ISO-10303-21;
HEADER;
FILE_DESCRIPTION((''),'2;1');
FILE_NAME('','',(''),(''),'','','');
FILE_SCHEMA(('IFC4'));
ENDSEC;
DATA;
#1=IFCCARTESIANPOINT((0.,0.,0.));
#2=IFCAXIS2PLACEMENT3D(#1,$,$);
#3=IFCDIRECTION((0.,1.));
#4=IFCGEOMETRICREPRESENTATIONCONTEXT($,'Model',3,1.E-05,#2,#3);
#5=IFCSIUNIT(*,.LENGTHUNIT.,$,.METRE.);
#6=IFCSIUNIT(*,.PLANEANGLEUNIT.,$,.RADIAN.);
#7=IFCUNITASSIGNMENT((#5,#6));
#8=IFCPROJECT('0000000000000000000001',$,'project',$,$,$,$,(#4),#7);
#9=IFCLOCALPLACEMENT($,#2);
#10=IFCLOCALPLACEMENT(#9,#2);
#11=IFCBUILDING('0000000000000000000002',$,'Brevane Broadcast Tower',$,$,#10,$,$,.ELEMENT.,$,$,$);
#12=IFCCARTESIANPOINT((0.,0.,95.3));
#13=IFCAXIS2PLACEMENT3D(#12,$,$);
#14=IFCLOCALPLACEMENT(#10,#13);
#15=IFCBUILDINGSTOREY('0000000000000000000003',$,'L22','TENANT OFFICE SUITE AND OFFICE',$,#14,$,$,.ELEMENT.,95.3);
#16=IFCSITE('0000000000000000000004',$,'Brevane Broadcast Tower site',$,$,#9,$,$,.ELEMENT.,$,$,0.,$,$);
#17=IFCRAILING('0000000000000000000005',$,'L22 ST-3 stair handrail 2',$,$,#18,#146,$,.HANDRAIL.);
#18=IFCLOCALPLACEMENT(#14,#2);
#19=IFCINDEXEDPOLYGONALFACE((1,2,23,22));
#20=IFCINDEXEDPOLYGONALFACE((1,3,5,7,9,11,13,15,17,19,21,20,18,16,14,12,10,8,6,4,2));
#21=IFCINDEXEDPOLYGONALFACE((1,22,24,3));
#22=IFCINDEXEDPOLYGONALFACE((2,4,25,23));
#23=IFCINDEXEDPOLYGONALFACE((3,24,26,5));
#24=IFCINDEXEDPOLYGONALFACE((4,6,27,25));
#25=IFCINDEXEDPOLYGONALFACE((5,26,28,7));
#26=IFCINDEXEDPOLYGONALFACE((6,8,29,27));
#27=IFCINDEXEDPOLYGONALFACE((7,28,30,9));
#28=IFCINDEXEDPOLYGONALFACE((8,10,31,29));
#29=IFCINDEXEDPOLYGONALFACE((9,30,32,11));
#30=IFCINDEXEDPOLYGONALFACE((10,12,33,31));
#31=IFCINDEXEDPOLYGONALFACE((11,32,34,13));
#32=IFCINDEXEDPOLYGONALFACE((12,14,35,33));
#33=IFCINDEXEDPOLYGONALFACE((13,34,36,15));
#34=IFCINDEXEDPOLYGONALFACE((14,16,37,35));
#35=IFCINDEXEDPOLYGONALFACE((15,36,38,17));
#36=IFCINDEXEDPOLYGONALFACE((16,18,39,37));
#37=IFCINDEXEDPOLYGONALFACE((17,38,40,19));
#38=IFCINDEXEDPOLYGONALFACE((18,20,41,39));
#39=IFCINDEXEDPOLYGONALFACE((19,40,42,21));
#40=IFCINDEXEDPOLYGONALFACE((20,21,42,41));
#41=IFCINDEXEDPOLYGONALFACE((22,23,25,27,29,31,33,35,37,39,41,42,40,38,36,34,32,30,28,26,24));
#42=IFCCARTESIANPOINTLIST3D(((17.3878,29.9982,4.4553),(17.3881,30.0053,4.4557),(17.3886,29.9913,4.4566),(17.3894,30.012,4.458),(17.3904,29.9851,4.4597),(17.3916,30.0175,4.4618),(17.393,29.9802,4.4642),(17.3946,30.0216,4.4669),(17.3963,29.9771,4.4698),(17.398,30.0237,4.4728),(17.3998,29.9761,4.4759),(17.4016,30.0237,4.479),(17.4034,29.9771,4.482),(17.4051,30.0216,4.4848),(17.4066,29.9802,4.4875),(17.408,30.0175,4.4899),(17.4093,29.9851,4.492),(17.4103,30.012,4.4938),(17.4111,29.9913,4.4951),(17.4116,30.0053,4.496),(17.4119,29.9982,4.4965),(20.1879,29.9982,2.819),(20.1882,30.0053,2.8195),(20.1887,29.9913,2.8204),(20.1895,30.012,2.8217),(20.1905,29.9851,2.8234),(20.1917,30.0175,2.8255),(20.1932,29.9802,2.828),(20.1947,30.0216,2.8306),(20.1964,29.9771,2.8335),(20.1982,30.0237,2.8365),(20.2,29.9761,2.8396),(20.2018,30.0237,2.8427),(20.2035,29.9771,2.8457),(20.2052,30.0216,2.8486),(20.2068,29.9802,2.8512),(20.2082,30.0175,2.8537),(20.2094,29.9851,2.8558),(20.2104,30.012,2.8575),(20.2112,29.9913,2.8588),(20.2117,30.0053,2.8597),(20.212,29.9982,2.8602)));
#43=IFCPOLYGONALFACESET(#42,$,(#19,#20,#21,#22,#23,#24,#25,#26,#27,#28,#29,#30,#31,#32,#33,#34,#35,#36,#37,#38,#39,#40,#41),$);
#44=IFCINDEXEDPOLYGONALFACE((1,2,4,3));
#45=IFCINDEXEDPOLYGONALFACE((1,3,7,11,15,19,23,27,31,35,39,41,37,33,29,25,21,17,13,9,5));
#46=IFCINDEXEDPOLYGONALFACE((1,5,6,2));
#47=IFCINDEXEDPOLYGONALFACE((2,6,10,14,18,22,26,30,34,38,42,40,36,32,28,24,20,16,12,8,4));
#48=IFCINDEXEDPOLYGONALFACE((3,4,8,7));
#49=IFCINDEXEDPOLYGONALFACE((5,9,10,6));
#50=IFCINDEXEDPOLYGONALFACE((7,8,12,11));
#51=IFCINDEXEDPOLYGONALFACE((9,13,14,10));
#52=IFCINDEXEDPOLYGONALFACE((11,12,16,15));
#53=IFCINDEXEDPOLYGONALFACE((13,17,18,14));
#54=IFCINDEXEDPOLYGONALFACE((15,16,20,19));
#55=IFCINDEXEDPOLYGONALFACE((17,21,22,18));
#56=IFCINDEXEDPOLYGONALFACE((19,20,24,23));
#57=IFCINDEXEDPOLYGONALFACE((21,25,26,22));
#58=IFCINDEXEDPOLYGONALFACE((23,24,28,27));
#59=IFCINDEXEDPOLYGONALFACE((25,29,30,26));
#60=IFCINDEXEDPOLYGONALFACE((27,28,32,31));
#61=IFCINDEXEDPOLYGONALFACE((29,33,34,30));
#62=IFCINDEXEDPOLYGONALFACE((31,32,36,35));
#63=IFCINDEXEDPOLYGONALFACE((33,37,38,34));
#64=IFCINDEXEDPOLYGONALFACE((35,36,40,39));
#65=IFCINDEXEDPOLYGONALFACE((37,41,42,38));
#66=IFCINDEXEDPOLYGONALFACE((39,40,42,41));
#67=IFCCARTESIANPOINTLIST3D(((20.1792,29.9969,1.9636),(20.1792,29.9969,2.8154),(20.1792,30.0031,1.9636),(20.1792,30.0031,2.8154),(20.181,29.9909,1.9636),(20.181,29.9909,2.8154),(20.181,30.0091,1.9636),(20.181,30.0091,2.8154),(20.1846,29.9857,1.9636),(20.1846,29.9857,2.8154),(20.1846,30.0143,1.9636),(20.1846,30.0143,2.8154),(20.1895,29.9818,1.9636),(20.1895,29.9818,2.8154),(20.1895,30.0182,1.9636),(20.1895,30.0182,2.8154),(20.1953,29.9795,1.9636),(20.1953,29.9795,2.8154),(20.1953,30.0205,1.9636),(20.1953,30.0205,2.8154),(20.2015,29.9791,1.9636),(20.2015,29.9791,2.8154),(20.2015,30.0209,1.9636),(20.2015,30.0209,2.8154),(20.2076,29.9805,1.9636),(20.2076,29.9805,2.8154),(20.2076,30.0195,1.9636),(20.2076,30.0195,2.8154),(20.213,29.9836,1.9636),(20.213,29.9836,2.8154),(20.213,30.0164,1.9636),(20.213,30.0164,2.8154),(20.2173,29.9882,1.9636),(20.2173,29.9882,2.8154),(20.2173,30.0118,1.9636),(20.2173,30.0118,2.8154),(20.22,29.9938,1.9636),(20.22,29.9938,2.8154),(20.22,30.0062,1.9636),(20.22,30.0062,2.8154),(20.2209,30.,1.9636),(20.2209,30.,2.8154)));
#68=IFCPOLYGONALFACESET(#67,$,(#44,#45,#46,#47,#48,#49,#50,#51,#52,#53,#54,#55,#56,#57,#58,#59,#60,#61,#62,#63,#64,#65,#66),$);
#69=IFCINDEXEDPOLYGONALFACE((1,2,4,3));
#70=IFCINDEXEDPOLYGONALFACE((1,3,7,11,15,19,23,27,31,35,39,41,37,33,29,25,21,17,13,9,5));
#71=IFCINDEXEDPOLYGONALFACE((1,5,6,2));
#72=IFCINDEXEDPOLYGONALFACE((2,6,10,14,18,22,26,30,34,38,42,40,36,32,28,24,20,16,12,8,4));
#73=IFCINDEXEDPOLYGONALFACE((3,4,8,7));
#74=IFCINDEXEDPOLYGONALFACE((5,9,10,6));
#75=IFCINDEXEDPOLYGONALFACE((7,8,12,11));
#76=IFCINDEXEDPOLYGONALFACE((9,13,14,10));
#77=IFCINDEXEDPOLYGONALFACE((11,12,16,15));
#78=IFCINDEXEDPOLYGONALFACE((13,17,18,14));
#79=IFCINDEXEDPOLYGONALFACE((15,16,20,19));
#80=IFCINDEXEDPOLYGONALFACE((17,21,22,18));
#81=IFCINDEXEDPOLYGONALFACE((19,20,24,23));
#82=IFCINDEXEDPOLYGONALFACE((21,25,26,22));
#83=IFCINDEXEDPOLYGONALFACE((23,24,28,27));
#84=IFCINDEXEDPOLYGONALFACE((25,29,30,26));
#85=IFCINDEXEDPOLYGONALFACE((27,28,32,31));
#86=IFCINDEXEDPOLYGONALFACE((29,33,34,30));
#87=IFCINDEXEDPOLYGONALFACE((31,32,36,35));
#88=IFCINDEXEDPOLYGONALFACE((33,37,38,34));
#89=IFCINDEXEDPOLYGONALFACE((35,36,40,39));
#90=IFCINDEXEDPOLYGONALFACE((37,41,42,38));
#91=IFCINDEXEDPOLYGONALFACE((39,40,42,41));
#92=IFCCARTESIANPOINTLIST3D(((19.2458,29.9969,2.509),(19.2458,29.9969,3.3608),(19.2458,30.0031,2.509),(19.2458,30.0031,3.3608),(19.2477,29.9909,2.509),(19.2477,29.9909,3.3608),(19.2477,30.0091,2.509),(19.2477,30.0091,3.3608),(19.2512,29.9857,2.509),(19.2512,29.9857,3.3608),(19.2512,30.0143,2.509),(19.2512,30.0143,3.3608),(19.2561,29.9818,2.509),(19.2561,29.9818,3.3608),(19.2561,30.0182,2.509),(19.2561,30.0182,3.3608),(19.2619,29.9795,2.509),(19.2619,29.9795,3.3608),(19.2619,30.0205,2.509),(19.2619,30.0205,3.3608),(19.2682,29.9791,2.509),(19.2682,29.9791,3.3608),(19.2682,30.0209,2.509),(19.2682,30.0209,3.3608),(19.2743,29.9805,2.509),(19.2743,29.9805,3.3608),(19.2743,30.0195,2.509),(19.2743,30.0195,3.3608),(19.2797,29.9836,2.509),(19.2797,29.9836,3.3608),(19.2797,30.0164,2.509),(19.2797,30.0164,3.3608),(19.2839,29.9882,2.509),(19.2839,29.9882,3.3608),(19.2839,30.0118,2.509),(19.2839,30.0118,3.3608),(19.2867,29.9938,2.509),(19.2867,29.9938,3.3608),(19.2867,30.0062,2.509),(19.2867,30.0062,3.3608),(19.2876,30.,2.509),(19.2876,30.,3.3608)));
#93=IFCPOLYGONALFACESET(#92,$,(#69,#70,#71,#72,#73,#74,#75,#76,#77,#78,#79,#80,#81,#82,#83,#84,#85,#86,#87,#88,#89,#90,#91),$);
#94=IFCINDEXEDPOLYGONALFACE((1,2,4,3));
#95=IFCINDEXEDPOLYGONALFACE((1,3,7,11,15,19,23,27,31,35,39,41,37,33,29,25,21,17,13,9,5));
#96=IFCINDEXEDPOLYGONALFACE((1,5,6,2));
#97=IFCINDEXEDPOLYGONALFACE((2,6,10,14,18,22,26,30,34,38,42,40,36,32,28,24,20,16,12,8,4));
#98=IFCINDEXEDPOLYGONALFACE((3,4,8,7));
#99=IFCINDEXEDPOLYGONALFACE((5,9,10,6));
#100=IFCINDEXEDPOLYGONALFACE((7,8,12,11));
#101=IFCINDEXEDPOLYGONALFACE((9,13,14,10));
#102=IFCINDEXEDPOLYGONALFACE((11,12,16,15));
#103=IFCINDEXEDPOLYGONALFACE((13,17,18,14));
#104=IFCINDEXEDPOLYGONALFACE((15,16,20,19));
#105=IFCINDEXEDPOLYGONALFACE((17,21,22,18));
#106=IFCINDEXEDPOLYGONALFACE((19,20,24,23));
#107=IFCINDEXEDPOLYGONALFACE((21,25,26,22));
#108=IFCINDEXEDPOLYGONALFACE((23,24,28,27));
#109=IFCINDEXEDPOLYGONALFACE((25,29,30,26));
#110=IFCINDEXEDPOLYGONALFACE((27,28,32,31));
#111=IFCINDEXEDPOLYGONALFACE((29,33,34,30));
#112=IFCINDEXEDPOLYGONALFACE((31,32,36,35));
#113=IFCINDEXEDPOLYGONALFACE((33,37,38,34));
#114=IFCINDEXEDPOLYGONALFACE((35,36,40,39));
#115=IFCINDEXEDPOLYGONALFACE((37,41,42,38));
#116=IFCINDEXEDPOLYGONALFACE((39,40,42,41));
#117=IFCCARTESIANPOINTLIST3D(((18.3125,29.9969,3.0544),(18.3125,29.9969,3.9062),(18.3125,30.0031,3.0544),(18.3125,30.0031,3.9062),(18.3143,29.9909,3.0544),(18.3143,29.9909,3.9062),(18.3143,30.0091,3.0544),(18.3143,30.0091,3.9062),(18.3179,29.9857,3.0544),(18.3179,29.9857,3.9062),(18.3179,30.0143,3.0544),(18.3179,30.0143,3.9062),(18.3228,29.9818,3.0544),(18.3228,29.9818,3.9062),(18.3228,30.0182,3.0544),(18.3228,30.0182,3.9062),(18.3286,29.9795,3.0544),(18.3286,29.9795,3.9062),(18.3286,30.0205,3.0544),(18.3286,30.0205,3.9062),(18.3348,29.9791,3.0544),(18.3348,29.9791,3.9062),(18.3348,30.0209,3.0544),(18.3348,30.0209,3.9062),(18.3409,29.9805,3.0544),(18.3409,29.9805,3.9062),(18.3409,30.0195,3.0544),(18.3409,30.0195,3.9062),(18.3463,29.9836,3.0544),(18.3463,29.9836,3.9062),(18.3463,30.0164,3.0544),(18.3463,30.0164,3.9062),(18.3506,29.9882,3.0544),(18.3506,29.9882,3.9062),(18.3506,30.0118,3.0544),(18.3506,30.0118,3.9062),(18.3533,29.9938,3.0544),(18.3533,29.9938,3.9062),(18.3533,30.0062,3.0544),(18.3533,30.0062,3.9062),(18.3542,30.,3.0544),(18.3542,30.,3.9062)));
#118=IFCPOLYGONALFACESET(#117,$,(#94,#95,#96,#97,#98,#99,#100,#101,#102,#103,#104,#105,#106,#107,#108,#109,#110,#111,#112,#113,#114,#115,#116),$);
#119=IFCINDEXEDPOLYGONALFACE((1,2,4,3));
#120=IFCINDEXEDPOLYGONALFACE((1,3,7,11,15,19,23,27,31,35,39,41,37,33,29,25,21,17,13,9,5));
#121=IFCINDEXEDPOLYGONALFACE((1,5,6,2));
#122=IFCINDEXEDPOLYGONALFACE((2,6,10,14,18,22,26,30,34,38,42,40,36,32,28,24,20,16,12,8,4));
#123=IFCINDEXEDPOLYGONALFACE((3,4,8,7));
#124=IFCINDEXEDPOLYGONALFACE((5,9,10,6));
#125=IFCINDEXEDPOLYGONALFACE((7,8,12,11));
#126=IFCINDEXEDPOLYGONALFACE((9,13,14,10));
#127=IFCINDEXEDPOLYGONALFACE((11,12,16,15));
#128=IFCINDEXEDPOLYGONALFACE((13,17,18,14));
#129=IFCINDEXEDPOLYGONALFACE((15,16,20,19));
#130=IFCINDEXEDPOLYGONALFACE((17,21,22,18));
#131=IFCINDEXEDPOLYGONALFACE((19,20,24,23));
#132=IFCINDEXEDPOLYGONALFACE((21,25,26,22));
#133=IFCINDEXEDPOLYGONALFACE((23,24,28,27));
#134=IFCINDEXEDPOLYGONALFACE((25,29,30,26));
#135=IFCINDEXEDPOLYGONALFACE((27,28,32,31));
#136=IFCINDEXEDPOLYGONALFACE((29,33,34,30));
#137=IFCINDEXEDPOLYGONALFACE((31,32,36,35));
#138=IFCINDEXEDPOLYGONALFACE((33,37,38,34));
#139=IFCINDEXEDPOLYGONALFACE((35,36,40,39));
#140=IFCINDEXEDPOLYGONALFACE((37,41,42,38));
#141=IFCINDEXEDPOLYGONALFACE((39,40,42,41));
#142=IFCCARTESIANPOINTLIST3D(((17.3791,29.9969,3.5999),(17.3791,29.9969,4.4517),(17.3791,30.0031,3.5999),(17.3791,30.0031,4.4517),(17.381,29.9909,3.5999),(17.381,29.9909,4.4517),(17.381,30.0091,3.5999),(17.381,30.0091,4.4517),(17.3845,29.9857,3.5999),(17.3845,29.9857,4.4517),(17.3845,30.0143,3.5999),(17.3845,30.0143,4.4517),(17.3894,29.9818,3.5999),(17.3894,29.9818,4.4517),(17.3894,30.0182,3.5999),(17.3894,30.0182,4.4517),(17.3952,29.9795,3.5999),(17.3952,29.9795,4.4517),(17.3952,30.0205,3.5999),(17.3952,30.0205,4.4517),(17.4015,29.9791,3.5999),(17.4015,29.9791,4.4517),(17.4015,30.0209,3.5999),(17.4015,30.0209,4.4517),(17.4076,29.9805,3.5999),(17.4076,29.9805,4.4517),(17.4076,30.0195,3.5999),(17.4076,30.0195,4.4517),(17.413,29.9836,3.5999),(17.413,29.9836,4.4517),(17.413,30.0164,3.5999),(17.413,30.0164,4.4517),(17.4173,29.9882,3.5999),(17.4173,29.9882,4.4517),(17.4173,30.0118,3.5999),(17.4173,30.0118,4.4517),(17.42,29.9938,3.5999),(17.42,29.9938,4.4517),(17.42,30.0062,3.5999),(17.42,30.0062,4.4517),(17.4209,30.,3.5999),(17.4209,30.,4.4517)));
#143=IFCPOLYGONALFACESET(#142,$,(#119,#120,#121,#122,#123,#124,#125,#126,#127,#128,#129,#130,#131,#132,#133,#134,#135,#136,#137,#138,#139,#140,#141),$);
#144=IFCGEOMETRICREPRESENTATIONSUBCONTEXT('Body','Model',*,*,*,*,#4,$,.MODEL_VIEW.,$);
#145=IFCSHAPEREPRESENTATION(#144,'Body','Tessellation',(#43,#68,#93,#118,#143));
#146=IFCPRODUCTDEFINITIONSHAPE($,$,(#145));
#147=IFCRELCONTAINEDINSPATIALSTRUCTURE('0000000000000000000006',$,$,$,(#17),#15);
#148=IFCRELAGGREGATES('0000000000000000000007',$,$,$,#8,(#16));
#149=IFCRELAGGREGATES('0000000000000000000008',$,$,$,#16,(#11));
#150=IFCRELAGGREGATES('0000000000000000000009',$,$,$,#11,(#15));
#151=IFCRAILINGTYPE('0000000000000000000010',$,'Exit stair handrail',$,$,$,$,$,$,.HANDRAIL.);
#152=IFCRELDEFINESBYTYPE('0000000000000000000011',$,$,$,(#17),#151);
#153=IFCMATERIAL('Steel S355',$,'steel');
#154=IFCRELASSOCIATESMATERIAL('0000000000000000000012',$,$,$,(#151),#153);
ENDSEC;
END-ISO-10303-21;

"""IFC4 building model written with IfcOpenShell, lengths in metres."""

from ifc_helpers import new_model, si_unit, direction, frame, origin, origin_2d, place, context, subcontext, project, spatial, circle, extrude, material, type_object, element, save


model = new_model("IFC4")

# Units and contexts
model_context = context("Model", 3, precision=1e-05, world=origin(), true_north=direction((0.0, 1.0)))
body_context = subcontext(model_context, "Body", "Model", "MODEL_VIEW")
ifc_project = project(units=[si_unit("LENGTHUNIT", "METRE"), si_unit("PLANEANGLEUNIT", "RADIAN")], contexts=[model_context])

# Site, building, storey
site_placement = place(None, origin())
site = spatial("IfcSite", under=ifc_project, at=site_placement, Name="Brevane Broadcast Tower site", CompositionType="ELEMENT", RefElevation=0.0)
building_placement = place(site_placement, origin())
building = spatial("IfcBuilding", under=site, at=building_placement, Name="Brevane Broadcast Tower", CompositionType="ELEMENT")
storey_placement = place(building_placement, frame((0.0, 0.0, 95.3)))
storey = spatial("IfcBuildingStorey", under=building, at=storey_placement, Name="L22", Description="TENANT OFFICE SUITE AND OFFICE", CompositionType="ELEMENT", Elevation=95.3)

# Railing
ifc_material_1 = material(Name="Steel S355", Category="steel")
railing_type_1 = type_object("IfcRailingType", Name="Exit stair handrail", PredefinedType="HANDRAIL", material=ifc_material_1)
railing_1_placement = place(storey_placement, frame((20.2, 30.0, 1.9636)))
element("IfcRailing", 1, at=railing_1_placement, inside=storey, type_object=railing_type_1, Name="L22 ST-3 stair handrail 2", PredefinedType="HANDRAIL", context=body_context, shape_type="SweptSolid", body=[
    extrude(circle(Radius=0.0239, at=origin_2d()), frame((0.0, 0.0, 0.876), z_axis=(-0.863394, 0.0, 0.504531), x_axis=(0.0, -1.0, 0.0)), (0.0, 0.0, 1.0), 3.2432),
    extrude(circle(Radius=0.021, at=origin_2d()), origin(), (0.0, 0.0, 1.0), 0.8518),
    extrude(circle(Radius=0.021, at=origin_2d()), frame((-0.9333, 0.0, 0.5454)), (0.0, 0.0, 1.0), 0.8518),
    extrude(circle(Radius=0.021, at=origin_2d()), frame((-1.8667, 0.0, 1.0908)), (0.0, 0.0, 1.0), 0.8518),
    extrude(circle(Radius=0.021, at=origin_2d()), frame((-2.8, 0.0, 1.6362)), (0.0, 0.0, 1.0), 0.8518),
])

save(model, "model.ifc")
